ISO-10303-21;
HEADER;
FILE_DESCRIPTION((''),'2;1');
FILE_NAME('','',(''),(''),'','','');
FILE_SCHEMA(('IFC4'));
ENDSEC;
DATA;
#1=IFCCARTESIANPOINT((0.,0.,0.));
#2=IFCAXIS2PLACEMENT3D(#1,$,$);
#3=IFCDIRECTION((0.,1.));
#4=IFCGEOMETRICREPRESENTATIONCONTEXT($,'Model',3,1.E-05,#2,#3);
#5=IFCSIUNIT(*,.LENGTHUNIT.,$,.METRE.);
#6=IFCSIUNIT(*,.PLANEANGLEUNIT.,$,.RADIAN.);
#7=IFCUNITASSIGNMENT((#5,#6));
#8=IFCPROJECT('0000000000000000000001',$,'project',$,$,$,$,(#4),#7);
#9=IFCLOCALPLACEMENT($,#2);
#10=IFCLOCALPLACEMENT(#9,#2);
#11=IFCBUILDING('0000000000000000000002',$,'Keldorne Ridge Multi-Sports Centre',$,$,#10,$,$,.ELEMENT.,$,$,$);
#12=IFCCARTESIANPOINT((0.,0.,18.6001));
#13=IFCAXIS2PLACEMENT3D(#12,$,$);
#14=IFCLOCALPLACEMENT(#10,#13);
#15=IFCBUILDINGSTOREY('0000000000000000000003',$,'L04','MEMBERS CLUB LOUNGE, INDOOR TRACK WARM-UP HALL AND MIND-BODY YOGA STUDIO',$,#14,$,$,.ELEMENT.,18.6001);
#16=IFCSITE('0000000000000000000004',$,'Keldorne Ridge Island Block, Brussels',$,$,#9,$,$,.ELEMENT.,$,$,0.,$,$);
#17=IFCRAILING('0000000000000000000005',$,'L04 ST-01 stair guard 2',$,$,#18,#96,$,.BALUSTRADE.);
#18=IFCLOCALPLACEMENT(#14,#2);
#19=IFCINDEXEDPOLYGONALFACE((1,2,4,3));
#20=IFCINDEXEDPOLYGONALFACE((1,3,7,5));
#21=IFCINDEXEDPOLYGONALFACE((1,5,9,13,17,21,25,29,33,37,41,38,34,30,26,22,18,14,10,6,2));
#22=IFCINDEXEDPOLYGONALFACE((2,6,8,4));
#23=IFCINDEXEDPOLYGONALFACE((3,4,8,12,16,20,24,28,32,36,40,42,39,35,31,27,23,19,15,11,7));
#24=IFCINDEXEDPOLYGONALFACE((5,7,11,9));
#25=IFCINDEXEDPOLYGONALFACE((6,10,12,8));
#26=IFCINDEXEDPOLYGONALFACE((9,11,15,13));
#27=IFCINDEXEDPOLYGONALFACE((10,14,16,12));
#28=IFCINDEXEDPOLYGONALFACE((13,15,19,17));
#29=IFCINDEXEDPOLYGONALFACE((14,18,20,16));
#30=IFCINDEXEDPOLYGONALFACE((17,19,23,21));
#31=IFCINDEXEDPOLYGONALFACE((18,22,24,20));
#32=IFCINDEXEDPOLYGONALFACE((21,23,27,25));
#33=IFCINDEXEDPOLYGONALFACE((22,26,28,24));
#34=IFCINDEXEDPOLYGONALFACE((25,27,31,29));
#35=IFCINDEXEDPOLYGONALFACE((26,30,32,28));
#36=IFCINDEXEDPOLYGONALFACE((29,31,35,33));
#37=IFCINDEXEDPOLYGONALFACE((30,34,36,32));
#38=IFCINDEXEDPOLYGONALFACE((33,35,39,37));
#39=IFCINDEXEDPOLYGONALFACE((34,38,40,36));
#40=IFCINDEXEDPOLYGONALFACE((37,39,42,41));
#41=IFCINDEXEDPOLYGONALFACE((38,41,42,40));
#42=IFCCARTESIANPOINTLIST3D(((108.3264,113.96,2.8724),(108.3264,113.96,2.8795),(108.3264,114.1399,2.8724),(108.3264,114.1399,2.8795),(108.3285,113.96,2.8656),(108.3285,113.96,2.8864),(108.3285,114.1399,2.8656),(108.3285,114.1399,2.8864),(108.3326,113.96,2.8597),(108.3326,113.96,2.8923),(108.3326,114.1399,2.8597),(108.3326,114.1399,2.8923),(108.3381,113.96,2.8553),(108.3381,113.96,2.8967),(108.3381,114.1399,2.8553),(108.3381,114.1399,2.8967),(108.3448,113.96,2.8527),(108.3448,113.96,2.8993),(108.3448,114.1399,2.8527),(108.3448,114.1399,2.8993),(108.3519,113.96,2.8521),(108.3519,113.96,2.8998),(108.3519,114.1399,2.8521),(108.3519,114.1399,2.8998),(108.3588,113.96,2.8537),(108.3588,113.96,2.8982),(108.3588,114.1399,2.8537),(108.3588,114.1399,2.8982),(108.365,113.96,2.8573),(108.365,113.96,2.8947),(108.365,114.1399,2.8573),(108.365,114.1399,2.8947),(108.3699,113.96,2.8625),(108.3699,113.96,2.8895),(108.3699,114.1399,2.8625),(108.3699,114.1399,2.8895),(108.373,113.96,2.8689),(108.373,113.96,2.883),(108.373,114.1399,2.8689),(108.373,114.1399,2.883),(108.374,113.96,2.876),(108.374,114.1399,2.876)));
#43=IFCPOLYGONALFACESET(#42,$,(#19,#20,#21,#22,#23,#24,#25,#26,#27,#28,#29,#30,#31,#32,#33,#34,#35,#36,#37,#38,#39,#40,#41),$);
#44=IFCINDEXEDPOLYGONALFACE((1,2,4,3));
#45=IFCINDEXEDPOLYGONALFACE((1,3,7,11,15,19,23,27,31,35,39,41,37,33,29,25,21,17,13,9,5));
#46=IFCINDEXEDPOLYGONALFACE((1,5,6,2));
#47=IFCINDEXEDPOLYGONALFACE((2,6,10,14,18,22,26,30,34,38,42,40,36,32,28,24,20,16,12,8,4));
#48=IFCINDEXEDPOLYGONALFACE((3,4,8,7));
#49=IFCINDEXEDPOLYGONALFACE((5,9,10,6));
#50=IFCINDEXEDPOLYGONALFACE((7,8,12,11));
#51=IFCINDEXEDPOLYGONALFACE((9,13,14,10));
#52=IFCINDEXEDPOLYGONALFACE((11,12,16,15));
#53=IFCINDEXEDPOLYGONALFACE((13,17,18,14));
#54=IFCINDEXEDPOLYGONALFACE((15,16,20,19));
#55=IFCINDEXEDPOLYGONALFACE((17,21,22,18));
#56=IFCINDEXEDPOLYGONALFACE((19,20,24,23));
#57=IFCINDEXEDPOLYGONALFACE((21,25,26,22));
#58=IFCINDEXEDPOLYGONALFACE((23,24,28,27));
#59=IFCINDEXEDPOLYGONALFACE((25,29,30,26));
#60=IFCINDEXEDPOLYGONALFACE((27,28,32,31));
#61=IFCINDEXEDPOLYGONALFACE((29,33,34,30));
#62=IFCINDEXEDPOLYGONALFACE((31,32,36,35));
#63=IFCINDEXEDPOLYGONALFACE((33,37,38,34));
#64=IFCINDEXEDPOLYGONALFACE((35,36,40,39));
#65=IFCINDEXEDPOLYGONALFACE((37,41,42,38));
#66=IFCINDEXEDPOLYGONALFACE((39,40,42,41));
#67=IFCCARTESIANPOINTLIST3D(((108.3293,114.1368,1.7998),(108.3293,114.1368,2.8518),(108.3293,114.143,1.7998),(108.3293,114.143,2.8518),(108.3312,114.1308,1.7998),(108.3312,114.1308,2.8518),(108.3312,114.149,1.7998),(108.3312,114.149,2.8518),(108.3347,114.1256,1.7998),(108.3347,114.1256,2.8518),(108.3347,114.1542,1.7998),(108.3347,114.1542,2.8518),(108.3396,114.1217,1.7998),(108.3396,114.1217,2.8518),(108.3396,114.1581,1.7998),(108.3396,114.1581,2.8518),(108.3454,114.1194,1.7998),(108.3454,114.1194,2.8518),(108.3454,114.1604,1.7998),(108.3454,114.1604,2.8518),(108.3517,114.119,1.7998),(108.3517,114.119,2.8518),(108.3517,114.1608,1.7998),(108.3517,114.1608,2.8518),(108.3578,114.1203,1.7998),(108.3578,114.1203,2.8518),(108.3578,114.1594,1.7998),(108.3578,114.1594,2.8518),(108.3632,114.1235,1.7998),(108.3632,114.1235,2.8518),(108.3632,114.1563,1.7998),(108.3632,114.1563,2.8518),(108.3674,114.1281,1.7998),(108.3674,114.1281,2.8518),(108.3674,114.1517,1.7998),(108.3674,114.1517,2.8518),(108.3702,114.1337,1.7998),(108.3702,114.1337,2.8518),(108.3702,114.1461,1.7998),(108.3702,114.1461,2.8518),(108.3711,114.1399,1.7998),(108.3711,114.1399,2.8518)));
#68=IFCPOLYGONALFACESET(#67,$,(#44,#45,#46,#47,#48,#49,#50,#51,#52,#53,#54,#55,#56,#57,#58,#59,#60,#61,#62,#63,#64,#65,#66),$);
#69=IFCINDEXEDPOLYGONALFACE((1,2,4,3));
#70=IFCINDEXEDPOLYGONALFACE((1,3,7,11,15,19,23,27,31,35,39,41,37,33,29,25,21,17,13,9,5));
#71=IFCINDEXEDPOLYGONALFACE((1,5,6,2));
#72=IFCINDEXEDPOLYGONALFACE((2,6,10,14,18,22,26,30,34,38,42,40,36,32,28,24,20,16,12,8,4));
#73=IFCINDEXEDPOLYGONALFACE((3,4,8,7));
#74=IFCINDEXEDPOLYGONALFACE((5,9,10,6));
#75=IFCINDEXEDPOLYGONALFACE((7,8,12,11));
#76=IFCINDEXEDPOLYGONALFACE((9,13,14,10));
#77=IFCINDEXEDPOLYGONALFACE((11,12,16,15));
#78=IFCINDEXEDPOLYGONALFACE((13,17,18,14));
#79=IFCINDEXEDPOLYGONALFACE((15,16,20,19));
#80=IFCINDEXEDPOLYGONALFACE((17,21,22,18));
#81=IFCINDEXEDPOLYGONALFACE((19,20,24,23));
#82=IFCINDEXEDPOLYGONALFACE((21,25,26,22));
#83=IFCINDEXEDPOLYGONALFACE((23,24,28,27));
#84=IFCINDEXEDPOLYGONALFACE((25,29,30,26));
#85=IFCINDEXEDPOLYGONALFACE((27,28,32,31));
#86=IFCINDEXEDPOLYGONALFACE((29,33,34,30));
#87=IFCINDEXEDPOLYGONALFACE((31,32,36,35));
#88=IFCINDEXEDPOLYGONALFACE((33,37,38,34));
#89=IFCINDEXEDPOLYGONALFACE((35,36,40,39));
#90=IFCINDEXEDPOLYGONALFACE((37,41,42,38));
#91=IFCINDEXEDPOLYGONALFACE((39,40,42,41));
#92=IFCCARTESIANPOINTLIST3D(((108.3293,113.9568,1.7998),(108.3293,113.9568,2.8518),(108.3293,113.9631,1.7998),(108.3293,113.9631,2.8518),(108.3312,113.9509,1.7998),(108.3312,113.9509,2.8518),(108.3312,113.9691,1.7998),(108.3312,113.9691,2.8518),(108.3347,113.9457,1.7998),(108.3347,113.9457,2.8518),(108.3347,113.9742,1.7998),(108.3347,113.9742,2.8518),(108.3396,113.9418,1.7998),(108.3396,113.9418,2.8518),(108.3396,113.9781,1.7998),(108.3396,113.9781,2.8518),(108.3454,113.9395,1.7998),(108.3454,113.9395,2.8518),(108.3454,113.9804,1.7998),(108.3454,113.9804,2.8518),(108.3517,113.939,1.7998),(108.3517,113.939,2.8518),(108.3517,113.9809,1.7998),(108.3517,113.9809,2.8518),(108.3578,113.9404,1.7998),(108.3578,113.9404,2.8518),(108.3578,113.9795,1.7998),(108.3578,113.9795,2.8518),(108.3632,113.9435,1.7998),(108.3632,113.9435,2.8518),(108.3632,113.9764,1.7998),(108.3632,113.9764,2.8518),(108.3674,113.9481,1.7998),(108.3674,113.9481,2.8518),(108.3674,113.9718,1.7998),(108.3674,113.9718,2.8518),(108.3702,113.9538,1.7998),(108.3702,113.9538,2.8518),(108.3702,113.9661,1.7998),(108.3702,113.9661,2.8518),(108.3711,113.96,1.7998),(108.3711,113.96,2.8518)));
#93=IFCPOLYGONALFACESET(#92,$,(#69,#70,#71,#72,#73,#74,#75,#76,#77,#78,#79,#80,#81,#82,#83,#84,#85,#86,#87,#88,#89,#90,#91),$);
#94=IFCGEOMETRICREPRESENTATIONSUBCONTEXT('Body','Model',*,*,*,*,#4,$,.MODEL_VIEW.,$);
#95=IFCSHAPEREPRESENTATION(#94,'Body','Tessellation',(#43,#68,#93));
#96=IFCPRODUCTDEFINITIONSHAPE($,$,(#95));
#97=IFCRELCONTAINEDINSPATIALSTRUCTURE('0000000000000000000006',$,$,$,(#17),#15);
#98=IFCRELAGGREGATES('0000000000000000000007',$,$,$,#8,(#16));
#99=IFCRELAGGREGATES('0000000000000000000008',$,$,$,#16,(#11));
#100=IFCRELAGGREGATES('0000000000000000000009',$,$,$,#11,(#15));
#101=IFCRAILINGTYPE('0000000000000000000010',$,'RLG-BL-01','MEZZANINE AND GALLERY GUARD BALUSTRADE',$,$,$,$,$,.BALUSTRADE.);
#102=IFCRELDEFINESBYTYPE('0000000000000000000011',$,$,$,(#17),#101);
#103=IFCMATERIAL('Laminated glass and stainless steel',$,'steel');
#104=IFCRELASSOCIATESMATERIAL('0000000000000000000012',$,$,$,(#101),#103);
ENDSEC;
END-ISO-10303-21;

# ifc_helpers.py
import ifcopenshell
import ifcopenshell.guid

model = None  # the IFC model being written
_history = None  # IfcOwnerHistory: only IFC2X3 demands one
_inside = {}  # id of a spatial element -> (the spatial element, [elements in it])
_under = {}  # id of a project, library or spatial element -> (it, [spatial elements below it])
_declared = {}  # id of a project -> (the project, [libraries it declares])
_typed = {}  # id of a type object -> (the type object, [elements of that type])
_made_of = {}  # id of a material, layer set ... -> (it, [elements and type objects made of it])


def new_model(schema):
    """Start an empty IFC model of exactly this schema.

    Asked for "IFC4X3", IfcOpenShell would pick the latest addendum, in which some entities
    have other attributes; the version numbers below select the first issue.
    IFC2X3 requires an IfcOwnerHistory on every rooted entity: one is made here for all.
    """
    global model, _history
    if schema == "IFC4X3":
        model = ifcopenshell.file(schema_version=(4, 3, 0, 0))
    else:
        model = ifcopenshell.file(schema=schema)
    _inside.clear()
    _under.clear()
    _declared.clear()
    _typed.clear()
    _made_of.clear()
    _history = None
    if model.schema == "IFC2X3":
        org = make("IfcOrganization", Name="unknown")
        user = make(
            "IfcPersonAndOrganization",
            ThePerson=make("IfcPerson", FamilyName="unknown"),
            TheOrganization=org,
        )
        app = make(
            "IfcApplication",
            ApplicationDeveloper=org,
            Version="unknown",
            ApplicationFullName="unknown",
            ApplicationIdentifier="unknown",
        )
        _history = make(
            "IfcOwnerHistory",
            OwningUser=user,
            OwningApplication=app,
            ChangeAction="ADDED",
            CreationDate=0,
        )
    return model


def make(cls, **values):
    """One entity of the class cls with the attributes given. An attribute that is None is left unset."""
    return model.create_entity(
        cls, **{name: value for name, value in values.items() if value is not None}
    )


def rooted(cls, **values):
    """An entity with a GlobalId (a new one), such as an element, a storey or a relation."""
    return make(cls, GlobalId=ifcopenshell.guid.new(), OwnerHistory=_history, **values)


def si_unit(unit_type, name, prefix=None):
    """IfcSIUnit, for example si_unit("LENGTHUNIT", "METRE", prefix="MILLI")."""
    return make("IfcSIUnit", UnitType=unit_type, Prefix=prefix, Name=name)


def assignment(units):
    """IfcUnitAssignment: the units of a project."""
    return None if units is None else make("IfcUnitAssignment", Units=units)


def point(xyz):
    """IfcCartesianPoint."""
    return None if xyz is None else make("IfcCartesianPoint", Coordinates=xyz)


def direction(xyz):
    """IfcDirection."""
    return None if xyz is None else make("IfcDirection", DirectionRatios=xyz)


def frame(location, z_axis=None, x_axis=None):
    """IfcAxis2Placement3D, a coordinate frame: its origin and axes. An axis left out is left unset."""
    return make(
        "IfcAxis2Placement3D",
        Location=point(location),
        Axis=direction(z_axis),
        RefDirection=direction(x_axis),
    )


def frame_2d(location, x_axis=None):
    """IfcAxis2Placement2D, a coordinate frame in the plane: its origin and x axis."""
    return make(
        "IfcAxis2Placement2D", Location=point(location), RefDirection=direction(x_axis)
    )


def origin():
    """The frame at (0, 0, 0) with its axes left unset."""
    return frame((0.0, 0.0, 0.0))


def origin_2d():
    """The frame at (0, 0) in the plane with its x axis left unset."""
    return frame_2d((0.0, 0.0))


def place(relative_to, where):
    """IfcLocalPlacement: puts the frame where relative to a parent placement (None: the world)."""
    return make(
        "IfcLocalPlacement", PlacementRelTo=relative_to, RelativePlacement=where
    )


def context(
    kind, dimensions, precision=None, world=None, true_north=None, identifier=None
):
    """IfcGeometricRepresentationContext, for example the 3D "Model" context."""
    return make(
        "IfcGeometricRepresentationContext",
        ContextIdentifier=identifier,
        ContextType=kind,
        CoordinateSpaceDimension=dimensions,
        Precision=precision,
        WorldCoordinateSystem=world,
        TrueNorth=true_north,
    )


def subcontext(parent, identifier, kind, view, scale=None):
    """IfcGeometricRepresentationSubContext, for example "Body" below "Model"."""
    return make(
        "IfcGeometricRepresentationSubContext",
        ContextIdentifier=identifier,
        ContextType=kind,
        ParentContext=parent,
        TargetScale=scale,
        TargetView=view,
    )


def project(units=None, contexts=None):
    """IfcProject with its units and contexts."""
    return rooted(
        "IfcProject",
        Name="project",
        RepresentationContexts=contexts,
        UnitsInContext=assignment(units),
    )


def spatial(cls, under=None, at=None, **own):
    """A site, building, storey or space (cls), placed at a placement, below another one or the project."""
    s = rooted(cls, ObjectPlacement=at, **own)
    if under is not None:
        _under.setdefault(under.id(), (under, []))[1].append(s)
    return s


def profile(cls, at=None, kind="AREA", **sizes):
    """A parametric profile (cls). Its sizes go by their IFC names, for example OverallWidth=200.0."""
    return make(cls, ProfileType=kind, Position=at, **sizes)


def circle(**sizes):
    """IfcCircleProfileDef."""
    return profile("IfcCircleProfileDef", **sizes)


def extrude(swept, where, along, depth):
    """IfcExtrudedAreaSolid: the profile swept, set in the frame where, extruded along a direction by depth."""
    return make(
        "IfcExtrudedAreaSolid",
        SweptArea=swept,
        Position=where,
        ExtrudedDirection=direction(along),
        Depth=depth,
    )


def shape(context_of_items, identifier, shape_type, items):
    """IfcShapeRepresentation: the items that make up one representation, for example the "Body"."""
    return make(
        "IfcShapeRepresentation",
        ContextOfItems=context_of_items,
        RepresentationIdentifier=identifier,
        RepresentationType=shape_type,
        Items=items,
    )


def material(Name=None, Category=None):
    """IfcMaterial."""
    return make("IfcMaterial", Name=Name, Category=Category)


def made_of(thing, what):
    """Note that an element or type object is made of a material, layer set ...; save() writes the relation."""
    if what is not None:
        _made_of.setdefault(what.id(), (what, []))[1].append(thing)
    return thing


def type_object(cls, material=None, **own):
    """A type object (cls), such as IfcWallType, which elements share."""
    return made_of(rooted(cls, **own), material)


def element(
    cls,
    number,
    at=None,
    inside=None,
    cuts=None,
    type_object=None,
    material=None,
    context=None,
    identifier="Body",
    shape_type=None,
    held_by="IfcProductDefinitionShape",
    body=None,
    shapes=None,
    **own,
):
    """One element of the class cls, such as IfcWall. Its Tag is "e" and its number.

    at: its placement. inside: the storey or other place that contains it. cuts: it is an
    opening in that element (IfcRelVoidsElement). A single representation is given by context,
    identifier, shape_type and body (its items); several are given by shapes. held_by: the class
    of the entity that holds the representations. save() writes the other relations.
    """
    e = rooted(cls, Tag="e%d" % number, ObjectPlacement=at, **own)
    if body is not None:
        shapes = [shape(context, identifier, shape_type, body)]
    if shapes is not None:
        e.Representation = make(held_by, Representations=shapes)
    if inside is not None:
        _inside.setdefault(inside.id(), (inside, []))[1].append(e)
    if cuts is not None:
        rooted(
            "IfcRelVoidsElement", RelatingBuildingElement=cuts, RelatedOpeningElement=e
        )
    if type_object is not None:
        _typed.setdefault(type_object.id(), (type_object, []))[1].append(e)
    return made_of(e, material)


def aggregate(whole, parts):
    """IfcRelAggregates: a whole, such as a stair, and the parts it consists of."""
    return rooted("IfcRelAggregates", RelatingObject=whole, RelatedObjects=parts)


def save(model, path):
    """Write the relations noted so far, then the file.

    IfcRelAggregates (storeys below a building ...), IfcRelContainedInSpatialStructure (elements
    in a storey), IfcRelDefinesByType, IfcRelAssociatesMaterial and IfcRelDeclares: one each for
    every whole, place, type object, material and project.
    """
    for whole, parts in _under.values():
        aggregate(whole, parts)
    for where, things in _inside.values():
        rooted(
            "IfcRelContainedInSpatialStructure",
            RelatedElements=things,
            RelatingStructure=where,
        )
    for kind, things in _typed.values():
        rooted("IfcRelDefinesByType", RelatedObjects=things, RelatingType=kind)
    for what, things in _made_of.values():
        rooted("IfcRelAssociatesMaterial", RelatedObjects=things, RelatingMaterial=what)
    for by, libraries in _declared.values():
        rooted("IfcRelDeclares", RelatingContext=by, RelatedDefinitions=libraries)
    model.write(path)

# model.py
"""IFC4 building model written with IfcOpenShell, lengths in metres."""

from ifc_helpers import new_model, si_unit, direction, frame, origin, origin_2d, place, context, subcontext, project, spatial, circle, extrude, material, type_object, element, save


model = new_model("IFC4")

# Units and contexts
model_context = context("Model", 3, precision=1e-05, world=origin(), true_north=direction((0.0, 1.0)))
body_context = subcontext(model_context, "Body", "Model", "MODEL_VIEW")
ifc_project = project(units=[si_unit("LENGTHUNIT", "METRE"), si_unit("PLANEANGLEUNIT", "RADIAN")], contexts=[model_context])

# Site, building, storey
site_placement = place(None, origin())
site = spatial("IfcSite", under=ifc_project, at=site_placement, Name="Keldorne Ridge Island Block, Brussels", CompositionType="ELEMENT", RefElevation=0.0)
building_placement = place(site_placement, origin())
building = spatial("IfcBuilding", under=site, at=building_placement, Name="Keldorne Ridge Multi-Sports Centre", CompositionType="ELEMENT")
storey_placement = place(building_placement, frame((0.0, 0.0, 18.6001)))
storey = spatial("IfcBuildingStorey", under=building, at=storey_placement, Name="L04", Description="MEMBERS CLUB LOUNGE, INDOOR TRACK WARM-UP HALL AND MIND-BODY YOGA STUDIO", CompositionType="ELEMENT", Elevation=18.6001)

# Railing
ifc_material_1 = material(Name="Laminated glass and stainless steel", Category="steel")
railing_type_1 = type_object("IfcRailingType", Name="RLG-BL-01", Description="MEZZANINE AND GALLERY GUARD BALUSTRADE", PredefinedType="BALUSTRADE", material=ifc_material_1)
railing_1_placement = place(storey_placement, frame((108.3501, 114.1399, 1.7998)))
element("IfcRailing", 1, at=railing_1_placement, inside=storey, type_object=railing_type_1, Name="L04 ST-01 stair guard 2", PredefinedType="BALUSTRADE", context=body_context, shape_type="SweptSolid", body=[
    extrude(circle(Radius=0.0239, at=origin_2d()), frame((0.0, 0.0, 1.0762), z_axis=(0.0, -1.0, 0.0), x_axis=(1.0, 0.0, 0.0)), (0.0, 0.0, 1.0), 0.1799),
    extrude(circle(Radius=0.021, at=origin_2d()), origin(), (0.0, 0.0, 1.0), 1.052),
    extrude(circle(Radius=0.021, at=origin_2d()), frame((0.0, -0.1799, 0.0)), (0.0, 0.0, 1.0), 1.052),
])

save(model, "model.ifc")
